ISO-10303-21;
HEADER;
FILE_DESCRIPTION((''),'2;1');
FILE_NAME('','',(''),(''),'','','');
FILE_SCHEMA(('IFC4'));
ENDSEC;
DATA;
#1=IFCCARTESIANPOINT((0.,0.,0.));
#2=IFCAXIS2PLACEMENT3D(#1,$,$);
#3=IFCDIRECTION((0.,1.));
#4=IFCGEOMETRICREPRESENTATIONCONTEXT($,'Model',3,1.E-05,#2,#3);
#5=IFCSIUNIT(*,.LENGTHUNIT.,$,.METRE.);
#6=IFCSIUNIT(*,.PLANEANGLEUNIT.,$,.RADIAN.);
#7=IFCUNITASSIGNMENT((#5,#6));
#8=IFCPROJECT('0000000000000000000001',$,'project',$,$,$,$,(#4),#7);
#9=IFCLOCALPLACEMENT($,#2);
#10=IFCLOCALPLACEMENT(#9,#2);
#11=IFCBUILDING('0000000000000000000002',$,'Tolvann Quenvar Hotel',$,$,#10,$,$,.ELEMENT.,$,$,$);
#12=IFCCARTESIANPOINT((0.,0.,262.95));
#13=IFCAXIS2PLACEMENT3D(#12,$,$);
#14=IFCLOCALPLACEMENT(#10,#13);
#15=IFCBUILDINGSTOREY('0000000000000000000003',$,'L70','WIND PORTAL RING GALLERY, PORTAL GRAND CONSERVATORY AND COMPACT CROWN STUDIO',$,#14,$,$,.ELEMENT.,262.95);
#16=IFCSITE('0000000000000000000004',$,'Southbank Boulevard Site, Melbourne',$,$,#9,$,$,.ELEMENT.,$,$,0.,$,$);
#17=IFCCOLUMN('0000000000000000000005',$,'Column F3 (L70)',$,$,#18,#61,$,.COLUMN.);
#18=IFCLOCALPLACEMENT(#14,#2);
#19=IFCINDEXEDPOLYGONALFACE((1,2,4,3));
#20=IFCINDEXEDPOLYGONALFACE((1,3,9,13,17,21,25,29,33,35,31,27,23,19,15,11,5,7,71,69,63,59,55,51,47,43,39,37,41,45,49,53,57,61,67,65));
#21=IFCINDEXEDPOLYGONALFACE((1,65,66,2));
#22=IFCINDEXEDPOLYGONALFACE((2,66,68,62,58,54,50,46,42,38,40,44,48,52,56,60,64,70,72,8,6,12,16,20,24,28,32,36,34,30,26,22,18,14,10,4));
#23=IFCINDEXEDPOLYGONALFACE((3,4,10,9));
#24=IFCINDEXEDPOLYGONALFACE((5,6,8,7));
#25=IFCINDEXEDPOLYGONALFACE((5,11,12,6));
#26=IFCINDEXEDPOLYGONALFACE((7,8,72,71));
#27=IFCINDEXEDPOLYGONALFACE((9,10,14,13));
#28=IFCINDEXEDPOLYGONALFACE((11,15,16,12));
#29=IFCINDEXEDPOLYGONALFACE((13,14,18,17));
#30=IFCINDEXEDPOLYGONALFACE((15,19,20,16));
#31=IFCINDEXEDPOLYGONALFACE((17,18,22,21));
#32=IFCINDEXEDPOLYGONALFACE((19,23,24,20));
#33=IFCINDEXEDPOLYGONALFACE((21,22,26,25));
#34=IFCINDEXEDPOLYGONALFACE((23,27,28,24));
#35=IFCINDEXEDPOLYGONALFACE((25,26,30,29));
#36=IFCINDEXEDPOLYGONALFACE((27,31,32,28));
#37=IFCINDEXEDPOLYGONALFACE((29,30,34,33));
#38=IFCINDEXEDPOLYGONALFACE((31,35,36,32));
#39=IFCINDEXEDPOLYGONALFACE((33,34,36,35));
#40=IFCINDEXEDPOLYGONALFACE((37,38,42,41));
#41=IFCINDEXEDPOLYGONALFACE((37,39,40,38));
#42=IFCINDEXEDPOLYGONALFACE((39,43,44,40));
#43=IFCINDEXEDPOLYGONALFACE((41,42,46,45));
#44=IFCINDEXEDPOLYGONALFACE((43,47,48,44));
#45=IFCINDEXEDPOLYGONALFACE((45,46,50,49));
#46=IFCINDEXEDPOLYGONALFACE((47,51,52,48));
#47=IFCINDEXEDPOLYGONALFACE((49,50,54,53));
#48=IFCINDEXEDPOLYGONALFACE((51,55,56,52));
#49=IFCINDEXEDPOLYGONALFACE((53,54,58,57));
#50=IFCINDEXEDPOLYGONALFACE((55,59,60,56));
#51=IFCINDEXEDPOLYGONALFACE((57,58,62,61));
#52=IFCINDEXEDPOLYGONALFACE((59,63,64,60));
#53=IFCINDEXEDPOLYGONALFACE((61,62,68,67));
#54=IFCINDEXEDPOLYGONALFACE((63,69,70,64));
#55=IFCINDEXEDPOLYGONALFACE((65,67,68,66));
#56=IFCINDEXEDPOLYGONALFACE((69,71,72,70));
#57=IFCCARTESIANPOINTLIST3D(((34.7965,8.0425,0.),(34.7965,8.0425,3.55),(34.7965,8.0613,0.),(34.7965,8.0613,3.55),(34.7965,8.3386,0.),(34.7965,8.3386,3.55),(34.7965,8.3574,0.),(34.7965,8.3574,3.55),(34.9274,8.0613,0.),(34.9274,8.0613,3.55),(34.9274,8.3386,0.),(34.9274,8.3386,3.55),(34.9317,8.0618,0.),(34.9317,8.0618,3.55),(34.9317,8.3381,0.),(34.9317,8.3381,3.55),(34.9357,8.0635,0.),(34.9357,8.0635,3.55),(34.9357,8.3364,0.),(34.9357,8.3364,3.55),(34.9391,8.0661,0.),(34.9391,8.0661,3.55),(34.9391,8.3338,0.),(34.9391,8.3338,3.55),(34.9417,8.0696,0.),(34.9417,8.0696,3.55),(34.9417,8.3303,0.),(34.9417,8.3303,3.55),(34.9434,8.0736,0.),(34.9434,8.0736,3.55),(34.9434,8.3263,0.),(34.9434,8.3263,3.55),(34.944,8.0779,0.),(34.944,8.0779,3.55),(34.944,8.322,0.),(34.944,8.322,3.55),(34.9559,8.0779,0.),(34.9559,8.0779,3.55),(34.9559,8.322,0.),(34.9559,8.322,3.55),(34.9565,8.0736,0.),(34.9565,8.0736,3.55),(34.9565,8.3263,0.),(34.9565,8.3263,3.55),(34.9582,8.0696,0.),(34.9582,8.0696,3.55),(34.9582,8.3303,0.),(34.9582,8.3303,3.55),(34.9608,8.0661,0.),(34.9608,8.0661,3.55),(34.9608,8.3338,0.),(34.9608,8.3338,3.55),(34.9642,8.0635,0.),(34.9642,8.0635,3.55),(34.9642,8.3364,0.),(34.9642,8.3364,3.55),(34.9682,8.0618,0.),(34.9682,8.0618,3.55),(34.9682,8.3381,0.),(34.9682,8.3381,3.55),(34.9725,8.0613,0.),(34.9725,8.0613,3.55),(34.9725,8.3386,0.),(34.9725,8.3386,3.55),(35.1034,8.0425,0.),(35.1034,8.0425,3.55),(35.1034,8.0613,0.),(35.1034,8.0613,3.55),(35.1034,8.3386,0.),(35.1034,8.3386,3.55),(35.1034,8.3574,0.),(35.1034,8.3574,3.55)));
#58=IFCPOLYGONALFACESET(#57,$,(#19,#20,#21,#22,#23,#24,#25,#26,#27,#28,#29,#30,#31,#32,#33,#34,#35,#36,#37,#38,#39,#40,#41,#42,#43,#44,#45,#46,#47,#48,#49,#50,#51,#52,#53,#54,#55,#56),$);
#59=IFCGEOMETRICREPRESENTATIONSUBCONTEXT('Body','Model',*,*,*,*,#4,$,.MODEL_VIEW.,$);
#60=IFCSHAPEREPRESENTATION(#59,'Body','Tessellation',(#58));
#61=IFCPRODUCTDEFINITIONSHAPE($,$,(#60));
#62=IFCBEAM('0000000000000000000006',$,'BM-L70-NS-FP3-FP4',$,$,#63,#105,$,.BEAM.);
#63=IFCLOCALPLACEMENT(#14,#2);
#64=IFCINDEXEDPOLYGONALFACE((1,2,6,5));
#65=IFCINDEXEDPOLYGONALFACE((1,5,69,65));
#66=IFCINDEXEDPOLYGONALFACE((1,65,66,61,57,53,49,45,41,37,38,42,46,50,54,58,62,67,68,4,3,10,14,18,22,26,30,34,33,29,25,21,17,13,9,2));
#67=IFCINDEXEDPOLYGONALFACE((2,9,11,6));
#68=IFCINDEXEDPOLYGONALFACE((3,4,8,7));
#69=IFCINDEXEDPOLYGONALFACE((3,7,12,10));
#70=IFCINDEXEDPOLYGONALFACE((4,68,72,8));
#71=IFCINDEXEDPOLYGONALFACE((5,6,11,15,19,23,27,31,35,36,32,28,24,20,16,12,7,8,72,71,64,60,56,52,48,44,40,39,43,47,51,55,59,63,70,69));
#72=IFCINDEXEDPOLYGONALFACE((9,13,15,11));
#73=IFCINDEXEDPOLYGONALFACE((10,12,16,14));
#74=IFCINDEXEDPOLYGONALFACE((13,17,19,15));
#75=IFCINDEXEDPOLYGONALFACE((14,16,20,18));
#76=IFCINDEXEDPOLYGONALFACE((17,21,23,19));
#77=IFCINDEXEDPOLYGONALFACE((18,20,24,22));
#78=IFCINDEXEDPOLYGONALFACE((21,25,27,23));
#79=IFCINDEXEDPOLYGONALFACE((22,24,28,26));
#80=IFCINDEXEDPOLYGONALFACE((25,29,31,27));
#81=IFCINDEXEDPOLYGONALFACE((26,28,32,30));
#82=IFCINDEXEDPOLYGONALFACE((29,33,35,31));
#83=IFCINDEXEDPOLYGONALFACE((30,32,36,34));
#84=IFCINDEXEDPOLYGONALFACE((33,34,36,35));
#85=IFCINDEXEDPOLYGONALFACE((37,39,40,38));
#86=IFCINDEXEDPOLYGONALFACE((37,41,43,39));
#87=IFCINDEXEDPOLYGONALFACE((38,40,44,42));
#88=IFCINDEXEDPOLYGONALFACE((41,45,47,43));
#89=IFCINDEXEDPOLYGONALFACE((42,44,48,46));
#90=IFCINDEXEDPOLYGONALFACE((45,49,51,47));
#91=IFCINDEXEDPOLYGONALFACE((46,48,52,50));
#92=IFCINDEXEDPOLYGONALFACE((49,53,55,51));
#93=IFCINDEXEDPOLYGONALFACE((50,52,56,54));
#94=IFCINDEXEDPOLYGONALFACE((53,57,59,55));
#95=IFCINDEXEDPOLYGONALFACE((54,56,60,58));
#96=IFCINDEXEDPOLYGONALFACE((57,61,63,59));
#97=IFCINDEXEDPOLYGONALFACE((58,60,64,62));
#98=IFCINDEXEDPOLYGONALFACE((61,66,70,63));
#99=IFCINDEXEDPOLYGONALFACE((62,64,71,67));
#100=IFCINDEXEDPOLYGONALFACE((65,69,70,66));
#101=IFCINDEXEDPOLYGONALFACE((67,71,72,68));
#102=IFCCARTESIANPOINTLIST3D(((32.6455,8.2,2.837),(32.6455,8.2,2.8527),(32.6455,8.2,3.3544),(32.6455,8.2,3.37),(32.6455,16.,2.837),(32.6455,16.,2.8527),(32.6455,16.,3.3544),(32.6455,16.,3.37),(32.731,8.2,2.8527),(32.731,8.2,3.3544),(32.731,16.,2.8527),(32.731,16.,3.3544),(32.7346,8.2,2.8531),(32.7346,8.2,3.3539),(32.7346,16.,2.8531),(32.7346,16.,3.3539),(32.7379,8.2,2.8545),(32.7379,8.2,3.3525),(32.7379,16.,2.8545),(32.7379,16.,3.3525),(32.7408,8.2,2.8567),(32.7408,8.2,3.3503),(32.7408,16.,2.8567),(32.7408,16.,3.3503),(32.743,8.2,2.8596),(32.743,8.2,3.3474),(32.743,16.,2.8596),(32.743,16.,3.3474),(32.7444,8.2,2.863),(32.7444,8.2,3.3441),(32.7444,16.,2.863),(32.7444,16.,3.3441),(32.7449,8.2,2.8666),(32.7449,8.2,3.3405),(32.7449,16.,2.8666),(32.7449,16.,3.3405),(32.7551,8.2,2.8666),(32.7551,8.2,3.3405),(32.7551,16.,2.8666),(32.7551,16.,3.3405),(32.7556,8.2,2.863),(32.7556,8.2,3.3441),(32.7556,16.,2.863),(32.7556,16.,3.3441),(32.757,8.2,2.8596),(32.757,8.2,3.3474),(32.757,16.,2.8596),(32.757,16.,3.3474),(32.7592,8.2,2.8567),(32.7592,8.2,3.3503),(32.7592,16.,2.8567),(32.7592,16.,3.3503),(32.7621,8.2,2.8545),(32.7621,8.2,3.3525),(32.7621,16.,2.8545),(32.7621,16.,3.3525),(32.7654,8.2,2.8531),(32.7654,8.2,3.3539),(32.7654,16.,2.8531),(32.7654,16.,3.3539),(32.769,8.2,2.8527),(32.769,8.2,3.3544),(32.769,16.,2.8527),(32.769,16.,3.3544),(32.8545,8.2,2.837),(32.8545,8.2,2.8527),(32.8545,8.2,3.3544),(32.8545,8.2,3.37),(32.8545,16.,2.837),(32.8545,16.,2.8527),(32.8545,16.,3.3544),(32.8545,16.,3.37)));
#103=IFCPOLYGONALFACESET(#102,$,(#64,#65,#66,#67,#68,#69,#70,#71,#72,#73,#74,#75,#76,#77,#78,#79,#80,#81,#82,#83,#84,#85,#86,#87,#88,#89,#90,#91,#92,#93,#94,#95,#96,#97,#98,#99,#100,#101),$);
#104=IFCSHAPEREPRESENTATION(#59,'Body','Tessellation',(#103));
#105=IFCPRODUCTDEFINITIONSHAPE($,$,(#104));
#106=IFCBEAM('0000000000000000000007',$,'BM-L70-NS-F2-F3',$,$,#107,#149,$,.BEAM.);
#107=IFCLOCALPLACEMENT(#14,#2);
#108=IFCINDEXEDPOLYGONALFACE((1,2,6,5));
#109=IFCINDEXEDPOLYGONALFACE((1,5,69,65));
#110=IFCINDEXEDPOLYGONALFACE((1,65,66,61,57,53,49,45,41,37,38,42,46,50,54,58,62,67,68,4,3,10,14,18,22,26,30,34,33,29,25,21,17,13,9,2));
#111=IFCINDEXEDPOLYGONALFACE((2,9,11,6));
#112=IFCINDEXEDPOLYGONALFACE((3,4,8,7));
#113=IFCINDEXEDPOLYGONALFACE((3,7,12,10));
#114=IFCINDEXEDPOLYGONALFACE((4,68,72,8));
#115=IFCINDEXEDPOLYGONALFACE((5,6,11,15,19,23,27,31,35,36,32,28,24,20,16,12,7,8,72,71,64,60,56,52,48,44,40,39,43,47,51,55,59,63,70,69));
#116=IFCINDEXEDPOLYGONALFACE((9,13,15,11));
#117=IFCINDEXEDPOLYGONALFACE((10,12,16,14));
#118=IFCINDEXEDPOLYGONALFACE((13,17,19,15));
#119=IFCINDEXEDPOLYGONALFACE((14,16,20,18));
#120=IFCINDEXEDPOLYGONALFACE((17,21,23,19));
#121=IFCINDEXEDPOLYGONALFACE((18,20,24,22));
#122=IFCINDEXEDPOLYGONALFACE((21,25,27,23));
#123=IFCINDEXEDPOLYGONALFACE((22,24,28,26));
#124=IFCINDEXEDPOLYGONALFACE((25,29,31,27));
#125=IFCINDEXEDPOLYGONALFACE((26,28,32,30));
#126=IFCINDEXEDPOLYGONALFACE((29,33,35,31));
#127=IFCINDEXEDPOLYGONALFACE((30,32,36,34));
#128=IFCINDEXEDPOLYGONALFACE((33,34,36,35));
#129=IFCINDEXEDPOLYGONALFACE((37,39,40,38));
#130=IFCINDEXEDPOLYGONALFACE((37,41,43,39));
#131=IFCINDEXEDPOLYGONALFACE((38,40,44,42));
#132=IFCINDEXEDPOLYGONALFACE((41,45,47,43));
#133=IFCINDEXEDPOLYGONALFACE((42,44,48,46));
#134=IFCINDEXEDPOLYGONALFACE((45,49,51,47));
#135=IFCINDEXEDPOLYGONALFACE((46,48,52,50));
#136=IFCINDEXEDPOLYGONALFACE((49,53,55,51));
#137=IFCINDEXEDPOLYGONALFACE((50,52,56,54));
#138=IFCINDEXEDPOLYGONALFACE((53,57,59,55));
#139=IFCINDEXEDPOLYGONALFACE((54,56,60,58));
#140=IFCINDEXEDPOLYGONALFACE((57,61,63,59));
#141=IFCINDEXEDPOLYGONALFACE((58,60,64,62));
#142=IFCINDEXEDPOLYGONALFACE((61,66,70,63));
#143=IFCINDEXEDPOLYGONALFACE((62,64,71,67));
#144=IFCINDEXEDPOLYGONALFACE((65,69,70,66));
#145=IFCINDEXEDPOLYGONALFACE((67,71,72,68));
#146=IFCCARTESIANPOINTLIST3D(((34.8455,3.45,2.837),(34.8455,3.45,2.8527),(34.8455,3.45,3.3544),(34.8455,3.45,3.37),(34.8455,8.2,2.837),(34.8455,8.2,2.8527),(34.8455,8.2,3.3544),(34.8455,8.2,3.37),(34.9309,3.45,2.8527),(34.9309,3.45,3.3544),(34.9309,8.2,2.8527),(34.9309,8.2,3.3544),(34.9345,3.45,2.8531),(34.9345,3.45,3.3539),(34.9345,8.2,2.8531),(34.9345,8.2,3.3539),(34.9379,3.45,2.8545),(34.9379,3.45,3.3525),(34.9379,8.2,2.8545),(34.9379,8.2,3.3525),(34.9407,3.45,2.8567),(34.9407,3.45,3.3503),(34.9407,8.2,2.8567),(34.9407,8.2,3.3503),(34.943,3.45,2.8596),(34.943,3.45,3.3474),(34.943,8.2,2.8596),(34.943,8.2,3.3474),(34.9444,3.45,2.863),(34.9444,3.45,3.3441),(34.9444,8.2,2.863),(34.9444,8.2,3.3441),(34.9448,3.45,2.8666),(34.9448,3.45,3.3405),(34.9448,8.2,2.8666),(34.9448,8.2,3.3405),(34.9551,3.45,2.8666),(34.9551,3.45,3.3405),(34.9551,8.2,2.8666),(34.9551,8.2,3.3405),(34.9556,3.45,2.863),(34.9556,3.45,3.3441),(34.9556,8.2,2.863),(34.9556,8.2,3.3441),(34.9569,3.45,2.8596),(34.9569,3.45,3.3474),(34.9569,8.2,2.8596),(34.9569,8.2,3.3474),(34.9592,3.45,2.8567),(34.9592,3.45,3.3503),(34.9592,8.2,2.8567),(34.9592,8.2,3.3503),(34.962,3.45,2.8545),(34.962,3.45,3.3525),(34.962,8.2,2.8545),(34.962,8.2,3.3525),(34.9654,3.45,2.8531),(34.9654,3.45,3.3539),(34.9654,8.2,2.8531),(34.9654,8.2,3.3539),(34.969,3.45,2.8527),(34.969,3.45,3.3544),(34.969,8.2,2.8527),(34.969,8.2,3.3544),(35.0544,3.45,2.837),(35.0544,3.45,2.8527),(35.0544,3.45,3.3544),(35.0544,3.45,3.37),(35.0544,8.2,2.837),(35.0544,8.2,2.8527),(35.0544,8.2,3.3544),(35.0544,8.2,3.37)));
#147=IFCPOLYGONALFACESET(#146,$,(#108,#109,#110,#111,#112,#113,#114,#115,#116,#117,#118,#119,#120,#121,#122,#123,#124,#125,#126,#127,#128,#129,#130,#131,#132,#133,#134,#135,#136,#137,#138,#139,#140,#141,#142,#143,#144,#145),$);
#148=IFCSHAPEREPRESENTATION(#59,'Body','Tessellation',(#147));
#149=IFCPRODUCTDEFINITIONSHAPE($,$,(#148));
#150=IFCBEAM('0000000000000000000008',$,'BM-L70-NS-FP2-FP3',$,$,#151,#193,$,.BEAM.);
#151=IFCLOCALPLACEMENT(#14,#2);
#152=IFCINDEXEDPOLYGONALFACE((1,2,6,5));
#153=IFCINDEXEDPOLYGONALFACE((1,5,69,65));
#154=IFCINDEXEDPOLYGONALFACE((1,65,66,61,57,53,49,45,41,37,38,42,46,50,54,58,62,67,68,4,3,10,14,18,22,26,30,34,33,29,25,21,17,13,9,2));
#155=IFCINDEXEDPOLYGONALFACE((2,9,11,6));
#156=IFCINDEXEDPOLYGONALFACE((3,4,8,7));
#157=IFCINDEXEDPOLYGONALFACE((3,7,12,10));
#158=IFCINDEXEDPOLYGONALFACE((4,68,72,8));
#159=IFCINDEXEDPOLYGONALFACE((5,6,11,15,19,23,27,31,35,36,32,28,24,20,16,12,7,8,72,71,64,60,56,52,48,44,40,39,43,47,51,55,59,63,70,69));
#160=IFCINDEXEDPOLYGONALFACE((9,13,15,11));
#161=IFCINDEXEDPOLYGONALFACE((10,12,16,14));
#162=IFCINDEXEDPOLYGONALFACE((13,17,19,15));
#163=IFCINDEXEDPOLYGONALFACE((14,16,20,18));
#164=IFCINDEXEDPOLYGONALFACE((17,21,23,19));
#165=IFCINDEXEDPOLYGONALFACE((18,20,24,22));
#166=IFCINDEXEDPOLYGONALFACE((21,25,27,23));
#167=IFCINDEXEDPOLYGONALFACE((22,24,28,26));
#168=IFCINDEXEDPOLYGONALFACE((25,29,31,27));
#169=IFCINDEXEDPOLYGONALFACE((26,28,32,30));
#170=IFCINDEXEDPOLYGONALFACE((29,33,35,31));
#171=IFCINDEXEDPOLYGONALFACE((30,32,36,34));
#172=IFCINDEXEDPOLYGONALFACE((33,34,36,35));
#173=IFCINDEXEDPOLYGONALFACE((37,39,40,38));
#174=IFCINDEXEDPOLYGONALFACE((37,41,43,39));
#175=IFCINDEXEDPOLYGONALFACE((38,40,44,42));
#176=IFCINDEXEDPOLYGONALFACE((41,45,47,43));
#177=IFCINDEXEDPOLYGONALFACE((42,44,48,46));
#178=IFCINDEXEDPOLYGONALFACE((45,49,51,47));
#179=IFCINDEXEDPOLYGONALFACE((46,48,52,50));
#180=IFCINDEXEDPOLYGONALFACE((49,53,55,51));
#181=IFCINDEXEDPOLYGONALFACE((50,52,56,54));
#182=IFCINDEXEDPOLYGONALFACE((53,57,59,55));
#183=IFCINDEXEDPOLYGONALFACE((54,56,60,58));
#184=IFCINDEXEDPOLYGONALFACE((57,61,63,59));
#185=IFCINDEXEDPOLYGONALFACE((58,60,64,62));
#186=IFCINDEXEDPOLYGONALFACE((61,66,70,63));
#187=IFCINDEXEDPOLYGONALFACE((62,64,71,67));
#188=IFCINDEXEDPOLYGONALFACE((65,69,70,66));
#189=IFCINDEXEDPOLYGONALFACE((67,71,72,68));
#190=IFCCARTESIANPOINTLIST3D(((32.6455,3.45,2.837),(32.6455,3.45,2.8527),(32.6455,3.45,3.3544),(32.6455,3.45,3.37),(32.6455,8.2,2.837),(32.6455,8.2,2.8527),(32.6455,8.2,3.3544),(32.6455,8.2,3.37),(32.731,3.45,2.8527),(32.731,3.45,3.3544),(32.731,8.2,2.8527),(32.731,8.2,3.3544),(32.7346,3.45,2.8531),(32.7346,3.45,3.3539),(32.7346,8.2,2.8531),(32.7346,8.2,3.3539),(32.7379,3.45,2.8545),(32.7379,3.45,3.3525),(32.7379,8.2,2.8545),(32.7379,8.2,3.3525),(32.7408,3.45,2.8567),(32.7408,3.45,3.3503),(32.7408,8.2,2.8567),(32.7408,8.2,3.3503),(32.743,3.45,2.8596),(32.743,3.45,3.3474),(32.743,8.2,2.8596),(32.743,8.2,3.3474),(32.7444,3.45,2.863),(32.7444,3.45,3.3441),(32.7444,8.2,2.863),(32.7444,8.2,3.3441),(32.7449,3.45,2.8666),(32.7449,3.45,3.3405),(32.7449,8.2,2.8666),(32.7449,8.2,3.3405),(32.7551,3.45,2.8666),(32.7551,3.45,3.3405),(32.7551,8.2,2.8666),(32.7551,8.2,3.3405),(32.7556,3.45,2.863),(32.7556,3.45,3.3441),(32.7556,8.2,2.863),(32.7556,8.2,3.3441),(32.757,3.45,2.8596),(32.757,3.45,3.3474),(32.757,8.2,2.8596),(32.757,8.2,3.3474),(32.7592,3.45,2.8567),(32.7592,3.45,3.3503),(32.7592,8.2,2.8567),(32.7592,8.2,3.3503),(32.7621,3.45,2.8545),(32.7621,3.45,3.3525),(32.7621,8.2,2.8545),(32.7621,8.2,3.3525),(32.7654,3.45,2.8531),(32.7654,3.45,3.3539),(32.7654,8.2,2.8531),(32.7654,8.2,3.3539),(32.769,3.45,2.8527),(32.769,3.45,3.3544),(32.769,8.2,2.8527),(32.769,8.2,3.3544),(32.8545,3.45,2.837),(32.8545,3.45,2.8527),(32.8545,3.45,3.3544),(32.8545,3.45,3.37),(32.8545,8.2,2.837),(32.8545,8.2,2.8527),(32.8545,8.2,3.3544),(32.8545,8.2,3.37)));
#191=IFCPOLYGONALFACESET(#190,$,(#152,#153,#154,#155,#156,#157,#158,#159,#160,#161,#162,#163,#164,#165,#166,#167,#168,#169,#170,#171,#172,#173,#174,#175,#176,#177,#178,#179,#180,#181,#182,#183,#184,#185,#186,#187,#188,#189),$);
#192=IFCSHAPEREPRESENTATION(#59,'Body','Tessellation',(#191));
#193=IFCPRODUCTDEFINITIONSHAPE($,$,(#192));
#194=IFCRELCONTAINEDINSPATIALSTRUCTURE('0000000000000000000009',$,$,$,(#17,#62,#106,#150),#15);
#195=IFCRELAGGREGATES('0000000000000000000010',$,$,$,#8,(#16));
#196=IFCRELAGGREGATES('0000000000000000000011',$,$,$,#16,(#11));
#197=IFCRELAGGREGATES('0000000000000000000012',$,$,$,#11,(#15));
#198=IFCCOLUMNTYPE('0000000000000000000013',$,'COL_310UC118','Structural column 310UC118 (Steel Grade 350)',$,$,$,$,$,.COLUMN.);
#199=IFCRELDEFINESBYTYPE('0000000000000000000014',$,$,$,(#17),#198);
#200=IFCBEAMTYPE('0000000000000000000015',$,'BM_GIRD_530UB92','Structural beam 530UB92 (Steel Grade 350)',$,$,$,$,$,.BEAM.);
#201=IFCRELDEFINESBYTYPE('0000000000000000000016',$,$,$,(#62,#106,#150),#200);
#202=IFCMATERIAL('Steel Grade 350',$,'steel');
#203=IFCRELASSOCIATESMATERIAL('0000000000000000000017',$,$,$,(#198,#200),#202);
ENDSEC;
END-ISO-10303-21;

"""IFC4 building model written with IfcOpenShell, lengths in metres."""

from ifc_helpers import new_model, si_unit, direction, frame, origin, origin_2d, place, context, subcontext, project, spatial, i_section, extrude, source, transform, mapped, material, material_profile, profile_set, type_object, type_shapes, element, save


model = new_model("IFC4")

# Units and contexts
model_context = context("Model", 3, precision=1e-05, world=origin(), true_north=direction((0.0, 1.0)))
body_context = subcontext(model_context, "Body", "Model", "MODEL_VIEW")
ifc_project = project(units=[si_unit("LENGTHUNIT", "METRE"), si_unit("PLANEANGLEUNIT", "RADIAN")], contexts=[model_context])

# Site, building, storey
site_placement = place(None, origin())
site = spatial("IfcSite", under=ifc_project, at=site_placement, Name="Southbank Boulevard Site, Melbourne", CompositionType="ELEMENT", RefElevation=0.0)
building_placement = place(site_placement, origin())
building = spatial("IfcBuilding", under=site, at=building_placement, Name="Tolvann Quenvar Hotel", CompositionType="ELEMENT")
storey_placement = place(building_placement, frame((0.0, 0.0, 262.95)))
storey = spatial("IfcBuildingStorey", under=building, at=storey_placement, Name="L70", Description="WIND PORTAL RING GALLERY, PORTAL GRAND CONSERVATORY AND COMPACT CROWN STUDIO", CompositionType="ELEMENT", Elevation=262.95)

# Column
ifc_material_1 = material(Name="Steel Grade 350", Category="steel")
ifc_material_profile_1 = material_profile(ifc_material_1, i_section(OverallWidth=0.3069, OverallDepth=0.3149, WebThickness=0.012, FlangeThickness=0.0188, FilletRadius=0.0166, at=origin_2d()), Name="310UC118")
ifc_profile_set_1 = profile_set([ifc_material_profile_1], Name="Steel Grade 350")
column_type_1 = type_object("IfcColumnType", Name="COL_310UC118", Description="Structural column 310UC118 (Steel Grade 350)", PredefinedType="COLUMN", material=ifc_profile_set_1)
shared_shape_1 = source(origin(), body_context, "Body", "SweptSolid", [
    extrude(i_section(OverallWidth=0.3069, OverallDepth=0.3149, WebThickness=0.012, FlangeThickness=0.0188, FilletRadius=0.0166, at=origin_2d()), origin(), (0.0, 0.0, 1.0), 3.55),
])
type_shapes(column_type_1, [shared_shape_1])
column_placement = place(storey_placement, frame((34.95, 8.2, 0.0), z_axis=(0.0, 0.0, 1.0), x_axis=(1.0, 0.0, 0.0)))
element("IfcColumn", 1, at=column_placement, inside=storey, type_object=column_type_1, Name="Column F3 (L70)", PredefinedType="COLUMN", context=body_context, shape_type="MappedRepresentation", body=[
    mapped(shared_shape_1, transform((0.0, 0.0, 0.0), x_axis=(1.0, 0.0, 0.0), y_axis=(0.0, 1.0, 0.0), z_axis=(0.0, 0.0, 1.0), scale=1.0)),
])

# Beams
ifc_material_profile_2 = material_profile(ifc_material_1, i_section(OverallWidth=0.209, OverallDepth=0.533, WebThickness=0.0103, FlangeThickness=0.0156, FilletRadius=0.0139, at=origin_2d()), Name="530UB92")
ifc_profile_set_2 = profile_set([ifc_material_profile_2], Name="Steel Grade 350")
beam_type_1 = type_object("IfcBeamType", Name="BM_GIRD_530UB92", Description="Structural beam 530UB92 (Steel Grade 350)", PredefinedType="BEAM", material=ifc_profile_set_2)
shared_shape_2 = source(origin(), body_context, "Body", "SweptSolid", [
    extrude(i_section(OverallWidth=0.209, OverallDepth=0.533, WebThickness=0.0103, FlangeThickness=0.0156, FilletRadius=0.0139, at=origin_2d()), origin(), (0.0, 0.0, 1.0), 7.8),
])
beam_1_placement = place(storey_placement, frame((32.75, 8.2, 3.1035), z_axis=(0.0, 1.0, 0.0), x_axis=(-1.0, 0.0, 0.0)))
element("IfcBeam", 2, at=beam_1_placement, inside=storey, type_object=beam_type_1, Name="BM-L70-NS-FP3-FP4", PredefinedType="BEAM", context=body_context, shape_type="MappedRepresentation", body=[
    mapped(shared_shape_2, transform((0.0, 0.0, 0.0), x_axis=(1.0, 0.0, 0.0), y_axis=(0.0, 1.0, 0.0), z_axis=(0.0, 0.0, 1.0), scale=1.0)),
])
shared_shape_3 = source(origin(), body_context, "Body", "SweptSolid", [
    extrude(i_section(OverallWidth=0.209, OverallDepth=0.533, WebThickness=0.0103, FlangeThickness=0.0156, FilletRadius=0.0139, at=origin_2d()), origin(), (0.0, 0.0, 1.0), 4.75),
])
for number, where, z_axis, x_axis, name in (
    (3, (34.95, 3.45, 3.1035), (0.0, 1.0, 0.0), (-1.0, 0.0, 0.0), "BM-L70-NS-F2-F3"),
    (4, (32.75, 3.45, 3.1035), (0.0, 1.0, 0.0), (-1.0, 0.0, 0.0), "BM-L70-NS-FP2-FP3"),
):
    element("IfcBeam", number, at=place(storey_placement, frame(where, z_axis=z_axis, x_axis=x_axis)), inside=storey, type_object=beam_type_1, Name=name, PredefinedType="BEAM", context=body_context, shape_type="MappedRepresentation", body=[
        mapped(shared_shape_3, transform((0.0, 0.0, 0.0), x_axis=(1.0, 0.0, 0.0), y_axis=(0.0, 1.0, 0.0), z_axis=(0.0, 0.0, 1.0), scale=1.0)),
    ])

save(model, "model.ifc")
